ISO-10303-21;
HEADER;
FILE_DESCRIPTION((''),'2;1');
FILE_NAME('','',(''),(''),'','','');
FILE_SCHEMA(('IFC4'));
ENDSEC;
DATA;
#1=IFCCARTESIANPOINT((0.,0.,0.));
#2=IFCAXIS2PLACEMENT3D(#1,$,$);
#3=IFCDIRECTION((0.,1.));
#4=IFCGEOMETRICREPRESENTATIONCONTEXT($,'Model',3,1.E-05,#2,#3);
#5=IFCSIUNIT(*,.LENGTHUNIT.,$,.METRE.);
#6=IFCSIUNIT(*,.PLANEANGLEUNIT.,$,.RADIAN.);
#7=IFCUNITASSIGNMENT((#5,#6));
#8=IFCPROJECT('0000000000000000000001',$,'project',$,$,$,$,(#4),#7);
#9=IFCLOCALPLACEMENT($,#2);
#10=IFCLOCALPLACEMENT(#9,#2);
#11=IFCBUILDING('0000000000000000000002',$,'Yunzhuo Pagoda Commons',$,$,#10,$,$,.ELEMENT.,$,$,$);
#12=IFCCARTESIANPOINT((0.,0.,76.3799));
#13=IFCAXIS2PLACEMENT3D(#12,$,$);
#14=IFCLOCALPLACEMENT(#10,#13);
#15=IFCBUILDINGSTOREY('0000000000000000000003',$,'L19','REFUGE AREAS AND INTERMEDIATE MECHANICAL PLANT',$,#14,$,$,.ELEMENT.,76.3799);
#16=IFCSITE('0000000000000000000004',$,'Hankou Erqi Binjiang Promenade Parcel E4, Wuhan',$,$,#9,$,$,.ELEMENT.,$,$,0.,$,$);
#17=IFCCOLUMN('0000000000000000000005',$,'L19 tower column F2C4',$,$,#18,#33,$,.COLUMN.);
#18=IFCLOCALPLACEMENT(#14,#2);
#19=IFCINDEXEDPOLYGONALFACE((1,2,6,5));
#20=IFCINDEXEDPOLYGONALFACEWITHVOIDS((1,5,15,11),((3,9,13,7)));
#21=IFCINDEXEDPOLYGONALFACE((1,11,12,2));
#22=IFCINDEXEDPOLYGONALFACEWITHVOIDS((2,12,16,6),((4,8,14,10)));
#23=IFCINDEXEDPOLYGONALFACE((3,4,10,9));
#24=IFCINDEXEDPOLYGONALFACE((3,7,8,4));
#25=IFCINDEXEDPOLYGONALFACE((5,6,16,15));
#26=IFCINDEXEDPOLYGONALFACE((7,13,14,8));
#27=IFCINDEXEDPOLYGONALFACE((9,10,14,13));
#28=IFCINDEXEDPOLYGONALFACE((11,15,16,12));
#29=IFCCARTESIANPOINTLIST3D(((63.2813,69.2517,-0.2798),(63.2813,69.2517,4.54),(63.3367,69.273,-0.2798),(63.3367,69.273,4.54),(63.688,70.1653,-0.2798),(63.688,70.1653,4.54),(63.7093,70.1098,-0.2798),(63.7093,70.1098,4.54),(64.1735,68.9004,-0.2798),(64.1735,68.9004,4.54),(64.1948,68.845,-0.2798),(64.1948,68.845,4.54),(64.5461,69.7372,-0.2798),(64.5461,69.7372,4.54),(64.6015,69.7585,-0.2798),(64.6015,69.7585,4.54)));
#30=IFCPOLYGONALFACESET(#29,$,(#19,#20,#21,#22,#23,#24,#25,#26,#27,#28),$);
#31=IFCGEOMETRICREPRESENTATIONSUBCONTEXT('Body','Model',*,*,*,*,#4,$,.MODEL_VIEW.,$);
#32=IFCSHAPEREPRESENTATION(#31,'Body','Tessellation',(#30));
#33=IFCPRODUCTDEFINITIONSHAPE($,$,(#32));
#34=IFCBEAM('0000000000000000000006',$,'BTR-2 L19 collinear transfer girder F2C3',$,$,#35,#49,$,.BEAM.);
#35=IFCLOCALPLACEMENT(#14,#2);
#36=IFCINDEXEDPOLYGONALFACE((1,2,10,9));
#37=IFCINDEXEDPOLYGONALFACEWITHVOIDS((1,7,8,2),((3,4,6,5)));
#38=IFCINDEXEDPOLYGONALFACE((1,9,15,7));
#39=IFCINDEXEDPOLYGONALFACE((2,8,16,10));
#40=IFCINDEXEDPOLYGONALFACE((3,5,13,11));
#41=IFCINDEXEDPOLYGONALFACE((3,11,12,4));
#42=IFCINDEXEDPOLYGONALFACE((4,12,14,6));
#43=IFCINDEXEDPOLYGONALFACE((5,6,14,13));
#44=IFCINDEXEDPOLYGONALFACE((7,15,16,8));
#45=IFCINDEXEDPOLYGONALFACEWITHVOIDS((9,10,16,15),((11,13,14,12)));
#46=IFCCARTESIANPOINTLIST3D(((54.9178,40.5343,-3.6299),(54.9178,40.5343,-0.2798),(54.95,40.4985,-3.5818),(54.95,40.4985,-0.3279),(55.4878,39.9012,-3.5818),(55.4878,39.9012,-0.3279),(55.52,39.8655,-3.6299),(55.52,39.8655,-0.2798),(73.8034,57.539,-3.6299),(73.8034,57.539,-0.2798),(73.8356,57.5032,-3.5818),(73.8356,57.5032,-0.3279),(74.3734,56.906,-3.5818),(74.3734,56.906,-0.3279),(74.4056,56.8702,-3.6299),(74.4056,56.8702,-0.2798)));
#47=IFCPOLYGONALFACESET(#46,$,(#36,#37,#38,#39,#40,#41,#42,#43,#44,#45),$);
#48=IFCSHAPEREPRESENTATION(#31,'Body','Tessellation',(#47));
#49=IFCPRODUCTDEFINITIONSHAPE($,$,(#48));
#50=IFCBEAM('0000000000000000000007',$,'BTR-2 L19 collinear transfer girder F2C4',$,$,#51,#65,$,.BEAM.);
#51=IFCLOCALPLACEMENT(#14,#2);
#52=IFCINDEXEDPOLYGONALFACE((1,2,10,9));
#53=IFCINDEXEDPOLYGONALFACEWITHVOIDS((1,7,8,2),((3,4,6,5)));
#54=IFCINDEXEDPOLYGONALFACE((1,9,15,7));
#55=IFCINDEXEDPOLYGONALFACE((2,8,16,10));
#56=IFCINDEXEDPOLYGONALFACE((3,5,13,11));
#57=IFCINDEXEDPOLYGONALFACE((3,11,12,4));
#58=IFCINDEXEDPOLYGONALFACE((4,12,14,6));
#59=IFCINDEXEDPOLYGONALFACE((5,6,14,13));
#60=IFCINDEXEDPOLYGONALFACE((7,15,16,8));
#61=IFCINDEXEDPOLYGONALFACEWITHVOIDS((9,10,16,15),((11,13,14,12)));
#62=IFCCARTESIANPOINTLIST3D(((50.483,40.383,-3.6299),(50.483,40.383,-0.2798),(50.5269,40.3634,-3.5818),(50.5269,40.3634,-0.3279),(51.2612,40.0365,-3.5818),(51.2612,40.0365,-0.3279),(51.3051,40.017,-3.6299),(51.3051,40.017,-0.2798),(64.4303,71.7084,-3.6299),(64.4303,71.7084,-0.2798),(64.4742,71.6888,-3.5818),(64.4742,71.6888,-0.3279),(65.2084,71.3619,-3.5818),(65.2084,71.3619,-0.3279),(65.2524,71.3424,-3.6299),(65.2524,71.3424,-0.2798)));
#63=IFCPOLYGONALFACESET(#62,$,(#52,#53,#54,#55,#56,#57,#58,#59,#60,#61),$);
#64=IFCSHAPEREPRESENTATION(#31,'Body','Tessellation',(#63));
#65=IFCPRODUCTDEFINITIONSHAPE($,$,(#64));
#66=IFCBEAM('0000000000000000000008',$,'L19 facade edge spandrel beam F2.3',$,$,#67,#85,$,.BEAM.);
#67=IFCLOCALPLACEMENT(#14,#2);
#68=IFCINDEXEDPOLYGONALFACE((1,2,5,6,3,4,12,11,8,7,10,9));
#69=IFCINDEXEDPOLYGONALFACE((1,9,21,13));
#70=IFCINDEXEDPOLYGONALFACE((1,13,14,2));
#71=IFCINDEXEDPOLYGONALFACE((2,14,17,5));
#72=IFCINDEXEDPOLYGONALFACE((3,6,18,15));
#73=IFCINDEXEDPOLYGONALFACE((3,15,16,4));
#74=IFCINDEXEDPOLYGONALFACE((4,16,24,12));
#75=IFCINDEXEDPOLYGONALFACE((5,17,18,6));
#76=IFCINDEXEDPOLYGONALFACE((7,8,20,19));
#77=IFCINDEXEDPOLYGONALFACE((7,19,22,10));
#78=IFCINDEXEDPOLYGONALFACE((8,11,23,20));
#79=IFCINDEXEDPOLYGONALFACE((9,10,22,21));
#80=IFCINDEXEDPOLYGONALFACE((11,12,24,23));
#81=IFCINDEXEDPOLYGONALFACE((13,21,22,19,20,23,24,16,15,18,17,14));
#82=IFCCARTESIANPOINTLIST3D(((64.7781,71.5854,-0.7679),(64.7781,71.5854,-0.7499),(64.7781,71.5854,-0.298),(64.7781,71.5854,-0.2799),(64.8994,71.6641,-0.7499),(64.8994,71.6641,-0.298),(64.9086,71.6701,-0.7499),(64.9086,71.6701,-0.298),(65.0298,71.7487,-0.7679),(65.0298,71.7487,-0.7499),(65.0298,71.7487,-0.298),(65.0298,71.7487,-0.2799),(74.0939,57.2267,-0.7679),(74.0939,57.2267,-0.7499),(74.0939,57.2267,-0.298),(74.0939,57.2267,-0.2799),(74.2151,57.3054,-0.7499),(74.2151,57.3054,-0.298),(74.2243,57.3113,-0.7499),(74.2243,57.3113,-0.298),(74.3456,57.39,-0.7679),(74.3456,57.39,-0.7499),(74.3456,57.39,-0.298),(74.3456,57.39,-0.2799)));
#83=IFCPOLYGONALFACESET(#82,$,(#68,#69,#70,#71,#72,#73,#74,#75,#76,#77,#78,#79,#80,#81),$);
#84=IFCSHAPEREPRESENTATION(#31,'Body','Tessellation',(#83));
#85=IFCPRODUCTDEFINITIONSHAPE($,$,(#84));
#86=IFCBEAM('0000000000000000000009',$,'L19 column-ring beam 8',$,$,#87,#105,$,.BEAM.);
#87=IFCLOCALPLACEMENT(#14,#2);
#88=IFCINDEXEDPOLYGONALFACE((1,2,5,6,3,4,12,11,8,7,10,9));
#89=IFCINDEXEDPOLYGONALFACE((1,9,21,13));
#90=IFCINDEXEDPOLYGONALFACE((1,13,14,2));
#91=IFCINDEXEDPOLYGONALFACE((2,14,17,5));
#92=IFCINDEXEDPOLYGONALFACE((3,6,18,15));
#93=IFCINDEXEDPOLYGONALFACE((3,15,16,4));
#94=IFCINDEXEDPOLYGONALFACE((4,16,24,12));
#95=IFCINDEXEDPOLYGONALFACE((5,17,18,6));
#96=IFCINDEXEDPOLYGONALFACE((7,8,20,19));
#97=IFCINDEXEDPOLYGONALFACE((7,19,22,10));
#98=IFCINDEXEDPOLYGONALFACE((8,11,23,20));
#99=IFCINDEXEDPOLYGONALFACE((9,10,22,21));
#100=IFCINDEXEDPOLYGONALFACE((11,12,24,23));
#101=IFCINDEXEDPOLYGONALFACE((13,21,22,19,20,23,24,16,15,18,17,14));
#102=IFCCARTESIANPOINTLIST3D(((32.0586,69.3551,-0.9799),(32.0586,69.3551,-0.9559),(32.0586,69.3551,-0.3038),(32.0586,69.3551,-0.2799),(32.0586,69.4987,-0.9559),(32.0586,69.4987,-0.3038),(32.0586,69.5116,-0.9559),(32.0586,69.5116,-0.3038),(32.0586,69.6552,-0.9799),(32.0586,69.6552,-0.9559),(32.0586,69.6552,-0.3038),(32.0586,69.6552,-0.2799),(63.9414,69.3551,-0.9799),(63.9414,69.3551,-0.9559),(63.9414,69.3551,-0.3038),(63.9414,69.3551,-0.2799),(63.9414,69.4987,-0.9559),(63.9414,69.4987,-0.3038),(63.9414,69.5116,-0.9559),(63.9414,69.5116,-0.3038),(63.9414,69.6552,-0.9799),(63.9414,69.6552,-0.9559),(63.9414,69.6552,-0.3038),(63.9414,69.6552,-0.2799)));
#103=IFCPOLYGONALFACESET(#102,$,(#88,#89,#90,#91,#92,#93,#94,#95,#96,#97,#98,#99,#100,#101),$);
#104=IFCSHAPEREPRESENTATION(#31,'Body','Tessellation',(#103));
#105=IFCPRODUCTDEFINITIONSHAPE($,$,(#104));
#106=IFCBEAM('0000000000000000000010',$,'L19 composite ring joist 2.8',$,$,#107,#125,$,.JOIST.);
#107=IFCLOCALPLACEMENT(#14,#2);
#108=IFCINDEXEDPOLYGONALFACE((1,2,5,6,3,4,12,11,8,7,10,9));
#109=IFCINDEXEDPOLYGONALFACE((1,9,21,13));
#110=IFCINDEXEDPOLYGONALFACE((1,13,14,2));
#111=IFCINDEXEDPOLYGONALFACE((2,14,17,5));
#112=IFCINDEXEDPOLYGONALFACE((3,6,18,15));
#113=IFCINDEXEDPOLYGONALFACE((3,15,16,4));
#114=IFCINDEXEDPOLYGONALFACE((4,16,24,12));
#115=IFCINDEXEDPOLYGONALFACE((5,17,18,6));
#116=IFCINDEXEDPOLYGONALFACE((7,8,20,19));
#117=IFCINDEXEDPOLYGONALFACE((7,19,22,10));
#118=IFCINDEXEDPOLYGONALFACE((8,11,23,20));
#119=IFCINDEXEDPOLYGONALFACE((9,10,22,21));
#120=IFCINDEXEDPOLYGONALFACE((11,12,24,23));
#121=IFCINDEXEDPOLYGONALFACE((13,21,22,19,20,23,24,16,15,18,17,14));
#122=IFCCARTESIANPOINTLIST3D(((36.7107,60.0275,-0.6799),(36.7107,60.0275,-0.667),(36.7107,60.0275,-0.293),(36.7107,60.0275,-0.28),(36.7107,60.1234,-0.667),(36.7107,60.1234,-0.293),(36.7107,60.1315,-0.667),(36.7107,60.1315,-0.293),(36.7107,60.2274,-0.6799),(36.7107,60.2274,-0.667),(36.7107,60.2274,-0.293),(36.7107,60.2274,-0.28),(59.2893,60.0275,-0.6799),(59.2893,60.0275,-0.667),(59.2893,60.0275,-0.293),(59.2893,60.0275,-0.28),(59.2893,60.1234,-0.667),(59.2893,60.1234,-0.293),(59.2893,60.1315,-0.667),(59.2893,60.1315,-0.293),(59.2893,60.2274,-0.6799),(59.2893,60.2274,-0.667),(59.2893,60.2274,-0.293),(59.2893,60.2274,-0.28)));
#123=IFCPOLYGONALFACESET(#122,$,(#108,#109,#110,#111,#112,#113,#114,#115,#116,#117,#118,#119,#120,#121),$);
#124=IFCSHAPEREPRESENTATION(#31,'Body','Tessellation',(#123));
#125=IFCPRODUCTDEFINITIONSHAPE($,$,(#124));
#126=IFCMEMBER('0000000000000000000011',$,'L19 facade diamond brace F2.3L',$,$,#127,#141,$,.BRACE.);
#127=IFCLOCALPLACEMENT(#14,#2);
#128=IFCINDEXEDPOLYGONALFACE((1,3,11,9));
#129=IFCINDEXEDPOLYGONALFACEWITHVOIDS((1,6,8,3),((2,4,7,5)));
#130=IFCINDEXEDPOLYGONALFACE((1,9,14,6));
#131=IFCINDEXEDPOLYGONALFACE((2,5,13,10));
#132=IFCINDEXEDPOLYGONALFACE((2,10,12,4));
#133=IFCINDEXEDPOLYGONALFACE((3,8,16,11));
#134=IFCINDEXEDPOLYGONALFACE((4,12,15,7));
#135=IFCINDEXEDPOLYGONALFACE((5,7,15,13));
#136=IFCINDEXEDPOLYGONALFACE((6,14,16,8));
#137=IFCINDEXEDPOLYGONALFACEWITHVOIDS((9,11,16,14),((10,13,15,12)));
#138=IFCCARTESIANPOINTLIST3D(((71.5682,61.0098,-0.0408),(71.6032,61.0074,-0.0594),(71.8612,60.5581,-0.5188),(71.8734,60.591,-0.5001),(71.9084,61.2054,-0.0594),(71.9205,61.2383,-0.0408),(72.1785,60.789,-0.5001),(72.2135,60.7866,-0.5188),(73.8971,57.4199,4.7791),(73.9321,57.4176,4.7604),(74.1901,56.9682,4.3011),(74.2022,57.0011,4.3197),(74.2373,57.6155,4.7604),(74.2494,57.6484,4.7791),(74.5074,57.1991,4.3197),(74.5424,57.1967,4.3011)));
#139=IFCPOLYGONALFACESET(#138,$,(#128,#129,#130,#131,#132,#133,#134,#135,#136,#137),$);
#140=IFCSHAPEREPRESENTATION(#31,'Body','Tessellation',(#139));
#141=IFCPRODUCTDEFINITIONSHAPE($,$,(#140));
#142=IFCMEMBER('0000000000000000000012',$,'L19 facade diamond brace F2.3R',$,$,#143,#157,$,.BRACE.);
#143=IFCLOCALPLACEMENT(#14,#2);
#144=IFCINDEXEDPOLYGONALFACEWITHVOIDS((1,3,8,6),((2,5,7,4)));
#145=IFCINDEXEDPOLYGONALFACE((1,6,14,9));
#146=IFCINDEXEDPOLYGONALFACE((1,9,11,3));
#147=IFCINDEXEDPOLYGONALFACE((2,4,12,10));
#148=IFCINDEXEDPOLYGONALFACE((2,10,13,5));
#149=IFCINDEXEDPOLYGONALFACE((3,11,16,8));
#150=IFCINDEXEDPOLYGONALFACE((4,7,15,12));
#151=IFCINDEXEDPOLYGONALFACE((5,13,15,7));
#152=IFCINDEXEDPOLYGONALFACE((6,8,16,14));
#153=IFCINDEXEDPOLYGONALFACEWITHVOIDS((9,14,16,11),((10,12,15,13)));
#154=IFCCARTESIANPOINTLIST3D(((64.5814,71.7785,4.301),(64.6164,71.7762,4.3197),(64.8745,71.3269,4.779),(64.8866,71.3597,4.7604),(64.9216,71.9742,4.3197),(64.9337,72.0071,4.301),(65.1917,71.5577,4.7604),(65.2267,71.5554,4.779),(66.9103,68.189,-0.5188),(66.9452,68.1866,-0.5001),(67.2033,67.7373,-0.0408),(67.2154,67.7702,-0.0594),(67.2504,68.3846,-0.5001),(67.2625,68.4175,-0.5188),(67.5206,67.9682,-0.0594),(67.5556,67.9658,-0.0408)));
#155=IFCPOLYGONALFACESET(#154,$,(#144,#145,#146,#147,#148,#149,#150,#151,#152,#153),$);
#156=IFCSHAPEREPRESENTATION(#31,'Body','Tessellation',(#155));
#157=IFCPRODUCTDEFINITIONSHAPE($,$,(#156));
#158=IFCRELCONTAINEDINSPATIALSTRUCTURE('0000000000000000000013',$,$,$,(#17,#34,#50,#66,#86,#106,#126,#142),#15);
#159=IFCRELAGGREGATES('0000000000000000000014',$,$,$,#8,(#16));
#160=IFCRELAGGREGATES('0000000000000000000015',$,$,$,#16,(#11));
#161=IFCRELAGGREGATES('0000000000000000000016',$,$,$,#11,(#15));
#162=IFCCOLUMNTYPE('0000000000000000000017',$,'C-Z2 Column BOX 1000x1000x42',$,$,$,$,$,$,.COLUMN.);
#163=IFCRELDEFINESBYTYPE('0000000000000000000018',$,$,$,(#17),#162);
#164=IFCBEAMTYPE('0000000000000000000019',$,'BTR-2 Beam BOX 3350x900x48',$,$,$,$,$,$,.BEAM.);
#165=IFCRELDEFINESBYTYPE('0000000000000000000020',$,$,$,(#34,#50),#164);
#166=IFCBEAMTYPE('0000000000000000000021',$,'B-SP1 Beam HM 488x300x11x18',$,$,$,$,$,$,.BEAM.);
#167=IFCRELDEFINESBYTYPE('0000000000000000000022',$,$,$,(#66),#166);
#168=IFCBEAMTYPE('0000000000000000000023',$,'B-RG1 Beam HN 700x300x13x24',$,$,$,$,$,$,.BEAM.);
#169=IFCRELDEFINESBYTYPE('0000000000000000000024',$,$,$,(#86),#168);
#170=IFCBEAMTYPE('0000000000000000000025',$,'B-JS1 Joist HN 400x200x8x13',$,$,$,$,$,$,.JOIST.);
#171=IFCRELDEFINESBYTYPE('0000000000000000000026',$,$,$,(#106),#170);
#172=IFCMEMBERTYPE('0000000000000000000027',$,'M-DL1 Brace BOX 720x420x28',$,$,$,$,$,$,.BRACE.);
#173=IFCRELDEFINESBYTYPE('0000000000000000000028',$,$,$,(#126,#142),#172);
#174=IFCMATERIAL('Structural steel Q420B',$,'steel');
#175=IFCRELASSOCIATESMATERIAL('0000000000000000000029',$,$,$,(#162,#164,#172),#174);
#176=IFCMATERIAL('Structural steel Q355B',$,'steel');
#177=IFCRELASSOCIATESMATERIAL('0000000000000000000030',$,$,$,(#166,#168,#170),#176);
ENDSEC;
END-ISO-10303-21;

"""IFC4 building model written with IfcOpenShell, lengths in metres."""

from ifc_helpers import new_model, si_unit, direction, frame, origin, origin_2d, place, context, subcontext, project, spatial, hollow_rectangle, i_section, extrude, source, transform, mapped, material, material_profile, profile_set, type_object, element, save


model = new_model("IFC4")

# Units and contexts
model_context = context("Model", 3, precision=1e-05, world=origin(), true_north=direction((0.0, 1.0)))
body_context = subcontext(model_context, "Body", "Model", "MODEL_VIEW")
ifc_project = project(units=[si_unit("LENGTHUNIT", "METRE"), si_unit("PLANEANGLEUNIT", "RADIAN")], contexts=[model_context])

# Site, building, storey
site_placement = place(None, origin())
site = spatial("IfcSite", under=ifc_project, at=site_placement, Name="Hankou Erqi Binjiang Promenade Parcel E4, Wuhan", CompositionType="ELEMENT", RefElevation=0.0)
building_placement = place(site_placement, origin())
building = spatial("IfcBuilding", under=site, at=building_placement, Name="Yunzhuo Pagoda Commons", CompositionType="ELEMENT")
storey_placement = place(building_placement, frame((0.0, 0.0, 76.3799)))
storey = spatial("IfcBuildingStorey", under=building, at=storey_placement, Name="L19", Description="REFUGE AREAS AND INTERMEDIATE MECHANICAL PLANT", CompositionType="ELEMENT", Elevation=76.3799)

# Column
ifc_material_1 = material(Name="Structural steel Q420B", Category="steel")
ifc_material_profile_1 = material_profile(ifc_material_1, hollow_rectangle(XDim=1.0, YDim=1.0, WallThickness=0.042, at=origin_2d()), Name="Structural steel Q420B")
ifc_profile_set_1 = profile_set([ifc_material_profile_1], Name="Structural steel Q420B")
column_type = type_object("IfcColumnType", Name="C-Z2 Column BOX 1000x1000x42", PredefinedType="COLUMN", material=ifc_profile_set_1)
shared_shape_1 = source(origin(), body_context, "Body", "SweptSolid", [
    extrude(hollow_rectangle(XDim=1.0, YDim=1.0, WallThickness=0.042, at=origin_2d()), origin(), (0.0, 0.0, 1.0), 4.8198),
])
column_placement = place(storey_placement, frame((63.9414, 69.5051, -0.2798), z_axis=(0.0, 0.0, 1.0), x_axis=(-0.913545, 0.406737, 0.0)))
element("IfcColumn", 1, at=column_placement, inside=storey, type_object=column_type, Name="L19 tower column F2C4", PredefinedType="COLUMN", context=body_context, shape_type="MappedRepresentation", body=[
    mapped(shared_shape_1, transform((0.0, 0.0, 0.0), scale=1.0)),
])

# Beams
ifc_material_profile_2 = material_profile(ifc_material_1, hollow_rectangle(XDim=0.8999, YDim=3.3501, WallThickness=0.0481, at=origin_2d()), Name="Structural steel Q420B")
ifc_profile_set_2 = profile_set([ifc_material_profile_2], Name="Structural steel Q420B")
beam_type_1 = type_object("IfcBeamType", Name="BTR-2 Beam BOX 3350x900x48", PredefinedType="BEAM", material=ifc_profile_set_2)
shared_shape_2 = source(origin(), body_context, "Body", "SweptSolid", [
    extrude(hollow_rectangle(XDim=0.8999, YDim=3.3501, WallThickness=0.0481, at=origin_2d()), origin(), (0.0, 0.0, 1.0), 25.4131),
])
beam_1_placement = place(storey_placement, frame((74.1045, 57.2046, -1.9548), z_axis=(-0.743144, -0.669132, 0.0), x_axis=(0.669132, -0.743144, 0.0)))
element("IfcBeam", 2, at=beam_1_placement, inside=storey, type_object=beam_type_1, Name="BTR-2 L19 collinear transfer girder F2C3", PredefinedType="BEAM", context=body_context, shape_type="MappedRepresentation", body=[
    mapped(shared_shape_2, transform((0.0, 0.0, 0.0), scale=1.0)),
])
shared_shape_3 = source(origin(), body_context, "Body", "SweptSolid", [
    extrude(hollow_rectangle(XDim=0.8999, YDim=3.3501, WallThickness=0.0481, at=origin_2d()), origin(), (0.0, 0.0, 1.0), 34.29),
])
beam_2_placement = place(storey_placement, frame((64.8413, 71.5254, -1.9548), z_axis=(-0.406743, -0.913542, 0.0), x_axis=(0.913542, -0.406743, 0.0)))
element("IfcBeam", 3, at=beam_2_placement, inside=storey, type_object=beam_type_1, Name="BTR-2 L19 collinear transfer girder F2C4", PredefinedType="BEAM", context=body_context, shape_type="MappedRepresentation", body=[
    mapped(shared_shape_3, transform((0.0, 0.0, 0.0), scale=1.0)),
])
ifc_material_2 = material(Name="Structural steel Q355B", Category="steel")
ifc_material_profile_3 = material_profile(ifc_material_2, i_section(OverallWidth=0.3, OverallDepth=0.488, WebThickness=0.011, FlangeThickness=0.0181, at=origin_2d()), Name="Structural steel Q355B")
ifc_profile_set_3 = profile_set([ifc_material_profile_3], Name="Structural steel Q355B")
beam_type_2 = type_object("IfcBeamType", Name="B-SP1 Beam HM 488x300x11x18", PredefinedType="BEAM", material=ifc_profile_set_3)
shared_shape_4 = source(origin(), body_context, "Body", "SweptSolid", [
    extrude(i_section(OverallWidth=0.3, OverallDepth=0.488, WebThickness=0.011, FlangeThickness=0.0181, at=origin_2d()), origin(), (0.0, 0.0, 1.0), 17.116),
])
beam_3_placement = place(storey_placement, frame((74.2197, 57.3083, -0.5239), z_axis=(-0.544272, 0.838909, 0.0), x_axis=(-0.838909, -0.544272, 0.0)))
element("IfcBeam", 4, at=beam_3_placement, inside=storey, type_object=beam_type_2, Name="L19 facade edge spandrel beam F2.3", PredefinedType="BEAM", context=body_context, shape_type="MappedRepresentation", body=[
    mapped(shared_shape_4, transform((0.0, 0.0, 0.0), scale=1.0)),
])
ifc_material_profile_4 = material_profile(ifc_material_2, i_section(OverallWidth=0.3, OverallDepth=0.7, WebThickness=0.0129, FlangeThickness=0.0239, at=origin_2d()), Name="Structural steel Q355B")
ifc_profile_set_4 = profile_set([ifc_material_profile_4], Name="Structural steel Q355B")
beam_type_3 = type_object("IfcBeamType", Name="B-RG1 Beam HN 700x300x13x24", PredefinedType="BEAM", material=ifc_profile_set_4)
shared_shape_5 = source(origin(), body_context, "Body", "SweptSolid", [
    extrude(i_section(OverallWidth=0.3, OverallDepth=0.7, WebThickness=0.0129, FlangeThickness=0.0239, at=origin_2d()), origin(), (0.0, 0.0, 1.0), 31.8828),
])
beam_4_placement = place(storey_placement, frame((63.9414, 69.5051, -0.6299), z_axis=(-1.0, 0.0, 0.0), x_axis=(0.0, -1.0, 0.0)))
element("IfcBeam", 5, at=beam_4_placement, inside=storey, type_object=beam_type_3, Name="L19 column-ring beam 8", PredefinedType="BEAM", context=body_context, shape_type="MappedRepresentation", body=[
    mapped(shared_shape_5, transform((0.0, 0.0, 0.0), scale=1.0)),
])
ifc_material_profile_5 = material_profile(ifc_material_2, i_section(OverallWidth=0.2, OverallDepth=0.3999, WebThickness=0.0081, FlangeThickness=0.0129, at=origin_2d()), Name="Structural steel Q355B")
ifc_profile_set_5 = profile_set([ifc_material_profile_5], Name="Structural steel Q355B")
beam_type_4 = type_object("IfcBeamType", Name="B-JS1 Joist HN 400x200x8x13", PredefinedType="JOIST", material=ifc_profile_set_5)
shared_shape_6 = source(origin(), body_context, "Body", "SweptSolid", [
    extrude(i_section(OverallWidth=0.2, OverallDepth=0.3999, WebThickness=0.0081, FlangeThickness=0.0129, at=origin_2d()), origin(), (0.0, 0.0, 1.0), 22.5786),
])
beam_5_placement = place(storey_placement, frame((59.2893, 60.1274, -0.48), z_axis=(-1.0, 0.0, 0.0), x_axis=(0.0, -1.0, 0.0)))
element("IfcBeam", 6, at=beam_5_placement, inside=storey, type_object=beam_type_4, Name="L19 composite ring joist 2.8", PredefinedType="JOIST", context=body_context, shape_type="MappedRepresentation", body=[
    mapped(shared_shape_6, transform((0.0, 0.0, 0.0), scale=1.0)),
])

# Members
ifc_material_profile_6 = material_profile(ifc_material_1, hollow_rectangle(XDim=0.4199, YDim=0.72, WallThickness=0.0281, at=origin_2d()), Name="Structural steel Q420B")
ifc_profile_set_6 = profile_set([ifc_material_profile_6], Name="Structural steel Q420B")
member_type = type_object("IfcMemberType", Name="M-DL1 Brace BOX 720x420x28", PredefinedType="BRACE", material=ifc_profile_set_6)
shared_shape_7 = source(origin(), body_context, "Body", "SweptSolid", [
    extrude(hollow_rectangle(XDim=0.4199, YDim=0.72, WallThickness=0.0281, at=origin_2d()), origin(), (0.0, 0.0, 1.0), 6.4453),
])
member_1_placement = place(storey_placement, frame((71.8909, 60.8982, -0.2798), z_axis=(0.361329, -0.556975, 0.74781), x_axis=(0.838928, 0.544242, 0.0)))
element("IfcMember", 7, at=member_1_placement, inside=storey, type_object=member_type, Name="L19 facade diamond brace F2.3L", PredefinedType="BRACE", context=body_context, shape_type="MappedRepresentation", body=[
    mapped(shared_shape_7, transform((0.0, 0.0, 0.0), scale=1.0)),
])
shared_shape_8 = source(origin(), body_context, "Body", "SweptSolid", [
    extrude(hollow_rectangle(XDim=0.4199, YDim=0.72, WallThickness=0.0281, at=origin_2d()), origin(), (0.0, 0.0, 1.0), 6.4451),
])
member_2_placement = place(storey_placement, frame((67.2329, 68.0774, -0.2798), z_axis=(-0.361337, 0.556949, 0.747826), x_axis=(-0.838911, -0.544268, 0.0)))
element("IfcMember", 8, at=member_2_placement, inside=storey, type_object=member_type, Name="L19 facade diamond brace F2.3R", PredefinedType="BRACE", context=body_context, shape_type="MappedRepresentation", body=[
    mapped(shared_shape_8, transform((0.0, 0.0, 0.0), scale=1.0)),
])

save(model, "model.ifc")
